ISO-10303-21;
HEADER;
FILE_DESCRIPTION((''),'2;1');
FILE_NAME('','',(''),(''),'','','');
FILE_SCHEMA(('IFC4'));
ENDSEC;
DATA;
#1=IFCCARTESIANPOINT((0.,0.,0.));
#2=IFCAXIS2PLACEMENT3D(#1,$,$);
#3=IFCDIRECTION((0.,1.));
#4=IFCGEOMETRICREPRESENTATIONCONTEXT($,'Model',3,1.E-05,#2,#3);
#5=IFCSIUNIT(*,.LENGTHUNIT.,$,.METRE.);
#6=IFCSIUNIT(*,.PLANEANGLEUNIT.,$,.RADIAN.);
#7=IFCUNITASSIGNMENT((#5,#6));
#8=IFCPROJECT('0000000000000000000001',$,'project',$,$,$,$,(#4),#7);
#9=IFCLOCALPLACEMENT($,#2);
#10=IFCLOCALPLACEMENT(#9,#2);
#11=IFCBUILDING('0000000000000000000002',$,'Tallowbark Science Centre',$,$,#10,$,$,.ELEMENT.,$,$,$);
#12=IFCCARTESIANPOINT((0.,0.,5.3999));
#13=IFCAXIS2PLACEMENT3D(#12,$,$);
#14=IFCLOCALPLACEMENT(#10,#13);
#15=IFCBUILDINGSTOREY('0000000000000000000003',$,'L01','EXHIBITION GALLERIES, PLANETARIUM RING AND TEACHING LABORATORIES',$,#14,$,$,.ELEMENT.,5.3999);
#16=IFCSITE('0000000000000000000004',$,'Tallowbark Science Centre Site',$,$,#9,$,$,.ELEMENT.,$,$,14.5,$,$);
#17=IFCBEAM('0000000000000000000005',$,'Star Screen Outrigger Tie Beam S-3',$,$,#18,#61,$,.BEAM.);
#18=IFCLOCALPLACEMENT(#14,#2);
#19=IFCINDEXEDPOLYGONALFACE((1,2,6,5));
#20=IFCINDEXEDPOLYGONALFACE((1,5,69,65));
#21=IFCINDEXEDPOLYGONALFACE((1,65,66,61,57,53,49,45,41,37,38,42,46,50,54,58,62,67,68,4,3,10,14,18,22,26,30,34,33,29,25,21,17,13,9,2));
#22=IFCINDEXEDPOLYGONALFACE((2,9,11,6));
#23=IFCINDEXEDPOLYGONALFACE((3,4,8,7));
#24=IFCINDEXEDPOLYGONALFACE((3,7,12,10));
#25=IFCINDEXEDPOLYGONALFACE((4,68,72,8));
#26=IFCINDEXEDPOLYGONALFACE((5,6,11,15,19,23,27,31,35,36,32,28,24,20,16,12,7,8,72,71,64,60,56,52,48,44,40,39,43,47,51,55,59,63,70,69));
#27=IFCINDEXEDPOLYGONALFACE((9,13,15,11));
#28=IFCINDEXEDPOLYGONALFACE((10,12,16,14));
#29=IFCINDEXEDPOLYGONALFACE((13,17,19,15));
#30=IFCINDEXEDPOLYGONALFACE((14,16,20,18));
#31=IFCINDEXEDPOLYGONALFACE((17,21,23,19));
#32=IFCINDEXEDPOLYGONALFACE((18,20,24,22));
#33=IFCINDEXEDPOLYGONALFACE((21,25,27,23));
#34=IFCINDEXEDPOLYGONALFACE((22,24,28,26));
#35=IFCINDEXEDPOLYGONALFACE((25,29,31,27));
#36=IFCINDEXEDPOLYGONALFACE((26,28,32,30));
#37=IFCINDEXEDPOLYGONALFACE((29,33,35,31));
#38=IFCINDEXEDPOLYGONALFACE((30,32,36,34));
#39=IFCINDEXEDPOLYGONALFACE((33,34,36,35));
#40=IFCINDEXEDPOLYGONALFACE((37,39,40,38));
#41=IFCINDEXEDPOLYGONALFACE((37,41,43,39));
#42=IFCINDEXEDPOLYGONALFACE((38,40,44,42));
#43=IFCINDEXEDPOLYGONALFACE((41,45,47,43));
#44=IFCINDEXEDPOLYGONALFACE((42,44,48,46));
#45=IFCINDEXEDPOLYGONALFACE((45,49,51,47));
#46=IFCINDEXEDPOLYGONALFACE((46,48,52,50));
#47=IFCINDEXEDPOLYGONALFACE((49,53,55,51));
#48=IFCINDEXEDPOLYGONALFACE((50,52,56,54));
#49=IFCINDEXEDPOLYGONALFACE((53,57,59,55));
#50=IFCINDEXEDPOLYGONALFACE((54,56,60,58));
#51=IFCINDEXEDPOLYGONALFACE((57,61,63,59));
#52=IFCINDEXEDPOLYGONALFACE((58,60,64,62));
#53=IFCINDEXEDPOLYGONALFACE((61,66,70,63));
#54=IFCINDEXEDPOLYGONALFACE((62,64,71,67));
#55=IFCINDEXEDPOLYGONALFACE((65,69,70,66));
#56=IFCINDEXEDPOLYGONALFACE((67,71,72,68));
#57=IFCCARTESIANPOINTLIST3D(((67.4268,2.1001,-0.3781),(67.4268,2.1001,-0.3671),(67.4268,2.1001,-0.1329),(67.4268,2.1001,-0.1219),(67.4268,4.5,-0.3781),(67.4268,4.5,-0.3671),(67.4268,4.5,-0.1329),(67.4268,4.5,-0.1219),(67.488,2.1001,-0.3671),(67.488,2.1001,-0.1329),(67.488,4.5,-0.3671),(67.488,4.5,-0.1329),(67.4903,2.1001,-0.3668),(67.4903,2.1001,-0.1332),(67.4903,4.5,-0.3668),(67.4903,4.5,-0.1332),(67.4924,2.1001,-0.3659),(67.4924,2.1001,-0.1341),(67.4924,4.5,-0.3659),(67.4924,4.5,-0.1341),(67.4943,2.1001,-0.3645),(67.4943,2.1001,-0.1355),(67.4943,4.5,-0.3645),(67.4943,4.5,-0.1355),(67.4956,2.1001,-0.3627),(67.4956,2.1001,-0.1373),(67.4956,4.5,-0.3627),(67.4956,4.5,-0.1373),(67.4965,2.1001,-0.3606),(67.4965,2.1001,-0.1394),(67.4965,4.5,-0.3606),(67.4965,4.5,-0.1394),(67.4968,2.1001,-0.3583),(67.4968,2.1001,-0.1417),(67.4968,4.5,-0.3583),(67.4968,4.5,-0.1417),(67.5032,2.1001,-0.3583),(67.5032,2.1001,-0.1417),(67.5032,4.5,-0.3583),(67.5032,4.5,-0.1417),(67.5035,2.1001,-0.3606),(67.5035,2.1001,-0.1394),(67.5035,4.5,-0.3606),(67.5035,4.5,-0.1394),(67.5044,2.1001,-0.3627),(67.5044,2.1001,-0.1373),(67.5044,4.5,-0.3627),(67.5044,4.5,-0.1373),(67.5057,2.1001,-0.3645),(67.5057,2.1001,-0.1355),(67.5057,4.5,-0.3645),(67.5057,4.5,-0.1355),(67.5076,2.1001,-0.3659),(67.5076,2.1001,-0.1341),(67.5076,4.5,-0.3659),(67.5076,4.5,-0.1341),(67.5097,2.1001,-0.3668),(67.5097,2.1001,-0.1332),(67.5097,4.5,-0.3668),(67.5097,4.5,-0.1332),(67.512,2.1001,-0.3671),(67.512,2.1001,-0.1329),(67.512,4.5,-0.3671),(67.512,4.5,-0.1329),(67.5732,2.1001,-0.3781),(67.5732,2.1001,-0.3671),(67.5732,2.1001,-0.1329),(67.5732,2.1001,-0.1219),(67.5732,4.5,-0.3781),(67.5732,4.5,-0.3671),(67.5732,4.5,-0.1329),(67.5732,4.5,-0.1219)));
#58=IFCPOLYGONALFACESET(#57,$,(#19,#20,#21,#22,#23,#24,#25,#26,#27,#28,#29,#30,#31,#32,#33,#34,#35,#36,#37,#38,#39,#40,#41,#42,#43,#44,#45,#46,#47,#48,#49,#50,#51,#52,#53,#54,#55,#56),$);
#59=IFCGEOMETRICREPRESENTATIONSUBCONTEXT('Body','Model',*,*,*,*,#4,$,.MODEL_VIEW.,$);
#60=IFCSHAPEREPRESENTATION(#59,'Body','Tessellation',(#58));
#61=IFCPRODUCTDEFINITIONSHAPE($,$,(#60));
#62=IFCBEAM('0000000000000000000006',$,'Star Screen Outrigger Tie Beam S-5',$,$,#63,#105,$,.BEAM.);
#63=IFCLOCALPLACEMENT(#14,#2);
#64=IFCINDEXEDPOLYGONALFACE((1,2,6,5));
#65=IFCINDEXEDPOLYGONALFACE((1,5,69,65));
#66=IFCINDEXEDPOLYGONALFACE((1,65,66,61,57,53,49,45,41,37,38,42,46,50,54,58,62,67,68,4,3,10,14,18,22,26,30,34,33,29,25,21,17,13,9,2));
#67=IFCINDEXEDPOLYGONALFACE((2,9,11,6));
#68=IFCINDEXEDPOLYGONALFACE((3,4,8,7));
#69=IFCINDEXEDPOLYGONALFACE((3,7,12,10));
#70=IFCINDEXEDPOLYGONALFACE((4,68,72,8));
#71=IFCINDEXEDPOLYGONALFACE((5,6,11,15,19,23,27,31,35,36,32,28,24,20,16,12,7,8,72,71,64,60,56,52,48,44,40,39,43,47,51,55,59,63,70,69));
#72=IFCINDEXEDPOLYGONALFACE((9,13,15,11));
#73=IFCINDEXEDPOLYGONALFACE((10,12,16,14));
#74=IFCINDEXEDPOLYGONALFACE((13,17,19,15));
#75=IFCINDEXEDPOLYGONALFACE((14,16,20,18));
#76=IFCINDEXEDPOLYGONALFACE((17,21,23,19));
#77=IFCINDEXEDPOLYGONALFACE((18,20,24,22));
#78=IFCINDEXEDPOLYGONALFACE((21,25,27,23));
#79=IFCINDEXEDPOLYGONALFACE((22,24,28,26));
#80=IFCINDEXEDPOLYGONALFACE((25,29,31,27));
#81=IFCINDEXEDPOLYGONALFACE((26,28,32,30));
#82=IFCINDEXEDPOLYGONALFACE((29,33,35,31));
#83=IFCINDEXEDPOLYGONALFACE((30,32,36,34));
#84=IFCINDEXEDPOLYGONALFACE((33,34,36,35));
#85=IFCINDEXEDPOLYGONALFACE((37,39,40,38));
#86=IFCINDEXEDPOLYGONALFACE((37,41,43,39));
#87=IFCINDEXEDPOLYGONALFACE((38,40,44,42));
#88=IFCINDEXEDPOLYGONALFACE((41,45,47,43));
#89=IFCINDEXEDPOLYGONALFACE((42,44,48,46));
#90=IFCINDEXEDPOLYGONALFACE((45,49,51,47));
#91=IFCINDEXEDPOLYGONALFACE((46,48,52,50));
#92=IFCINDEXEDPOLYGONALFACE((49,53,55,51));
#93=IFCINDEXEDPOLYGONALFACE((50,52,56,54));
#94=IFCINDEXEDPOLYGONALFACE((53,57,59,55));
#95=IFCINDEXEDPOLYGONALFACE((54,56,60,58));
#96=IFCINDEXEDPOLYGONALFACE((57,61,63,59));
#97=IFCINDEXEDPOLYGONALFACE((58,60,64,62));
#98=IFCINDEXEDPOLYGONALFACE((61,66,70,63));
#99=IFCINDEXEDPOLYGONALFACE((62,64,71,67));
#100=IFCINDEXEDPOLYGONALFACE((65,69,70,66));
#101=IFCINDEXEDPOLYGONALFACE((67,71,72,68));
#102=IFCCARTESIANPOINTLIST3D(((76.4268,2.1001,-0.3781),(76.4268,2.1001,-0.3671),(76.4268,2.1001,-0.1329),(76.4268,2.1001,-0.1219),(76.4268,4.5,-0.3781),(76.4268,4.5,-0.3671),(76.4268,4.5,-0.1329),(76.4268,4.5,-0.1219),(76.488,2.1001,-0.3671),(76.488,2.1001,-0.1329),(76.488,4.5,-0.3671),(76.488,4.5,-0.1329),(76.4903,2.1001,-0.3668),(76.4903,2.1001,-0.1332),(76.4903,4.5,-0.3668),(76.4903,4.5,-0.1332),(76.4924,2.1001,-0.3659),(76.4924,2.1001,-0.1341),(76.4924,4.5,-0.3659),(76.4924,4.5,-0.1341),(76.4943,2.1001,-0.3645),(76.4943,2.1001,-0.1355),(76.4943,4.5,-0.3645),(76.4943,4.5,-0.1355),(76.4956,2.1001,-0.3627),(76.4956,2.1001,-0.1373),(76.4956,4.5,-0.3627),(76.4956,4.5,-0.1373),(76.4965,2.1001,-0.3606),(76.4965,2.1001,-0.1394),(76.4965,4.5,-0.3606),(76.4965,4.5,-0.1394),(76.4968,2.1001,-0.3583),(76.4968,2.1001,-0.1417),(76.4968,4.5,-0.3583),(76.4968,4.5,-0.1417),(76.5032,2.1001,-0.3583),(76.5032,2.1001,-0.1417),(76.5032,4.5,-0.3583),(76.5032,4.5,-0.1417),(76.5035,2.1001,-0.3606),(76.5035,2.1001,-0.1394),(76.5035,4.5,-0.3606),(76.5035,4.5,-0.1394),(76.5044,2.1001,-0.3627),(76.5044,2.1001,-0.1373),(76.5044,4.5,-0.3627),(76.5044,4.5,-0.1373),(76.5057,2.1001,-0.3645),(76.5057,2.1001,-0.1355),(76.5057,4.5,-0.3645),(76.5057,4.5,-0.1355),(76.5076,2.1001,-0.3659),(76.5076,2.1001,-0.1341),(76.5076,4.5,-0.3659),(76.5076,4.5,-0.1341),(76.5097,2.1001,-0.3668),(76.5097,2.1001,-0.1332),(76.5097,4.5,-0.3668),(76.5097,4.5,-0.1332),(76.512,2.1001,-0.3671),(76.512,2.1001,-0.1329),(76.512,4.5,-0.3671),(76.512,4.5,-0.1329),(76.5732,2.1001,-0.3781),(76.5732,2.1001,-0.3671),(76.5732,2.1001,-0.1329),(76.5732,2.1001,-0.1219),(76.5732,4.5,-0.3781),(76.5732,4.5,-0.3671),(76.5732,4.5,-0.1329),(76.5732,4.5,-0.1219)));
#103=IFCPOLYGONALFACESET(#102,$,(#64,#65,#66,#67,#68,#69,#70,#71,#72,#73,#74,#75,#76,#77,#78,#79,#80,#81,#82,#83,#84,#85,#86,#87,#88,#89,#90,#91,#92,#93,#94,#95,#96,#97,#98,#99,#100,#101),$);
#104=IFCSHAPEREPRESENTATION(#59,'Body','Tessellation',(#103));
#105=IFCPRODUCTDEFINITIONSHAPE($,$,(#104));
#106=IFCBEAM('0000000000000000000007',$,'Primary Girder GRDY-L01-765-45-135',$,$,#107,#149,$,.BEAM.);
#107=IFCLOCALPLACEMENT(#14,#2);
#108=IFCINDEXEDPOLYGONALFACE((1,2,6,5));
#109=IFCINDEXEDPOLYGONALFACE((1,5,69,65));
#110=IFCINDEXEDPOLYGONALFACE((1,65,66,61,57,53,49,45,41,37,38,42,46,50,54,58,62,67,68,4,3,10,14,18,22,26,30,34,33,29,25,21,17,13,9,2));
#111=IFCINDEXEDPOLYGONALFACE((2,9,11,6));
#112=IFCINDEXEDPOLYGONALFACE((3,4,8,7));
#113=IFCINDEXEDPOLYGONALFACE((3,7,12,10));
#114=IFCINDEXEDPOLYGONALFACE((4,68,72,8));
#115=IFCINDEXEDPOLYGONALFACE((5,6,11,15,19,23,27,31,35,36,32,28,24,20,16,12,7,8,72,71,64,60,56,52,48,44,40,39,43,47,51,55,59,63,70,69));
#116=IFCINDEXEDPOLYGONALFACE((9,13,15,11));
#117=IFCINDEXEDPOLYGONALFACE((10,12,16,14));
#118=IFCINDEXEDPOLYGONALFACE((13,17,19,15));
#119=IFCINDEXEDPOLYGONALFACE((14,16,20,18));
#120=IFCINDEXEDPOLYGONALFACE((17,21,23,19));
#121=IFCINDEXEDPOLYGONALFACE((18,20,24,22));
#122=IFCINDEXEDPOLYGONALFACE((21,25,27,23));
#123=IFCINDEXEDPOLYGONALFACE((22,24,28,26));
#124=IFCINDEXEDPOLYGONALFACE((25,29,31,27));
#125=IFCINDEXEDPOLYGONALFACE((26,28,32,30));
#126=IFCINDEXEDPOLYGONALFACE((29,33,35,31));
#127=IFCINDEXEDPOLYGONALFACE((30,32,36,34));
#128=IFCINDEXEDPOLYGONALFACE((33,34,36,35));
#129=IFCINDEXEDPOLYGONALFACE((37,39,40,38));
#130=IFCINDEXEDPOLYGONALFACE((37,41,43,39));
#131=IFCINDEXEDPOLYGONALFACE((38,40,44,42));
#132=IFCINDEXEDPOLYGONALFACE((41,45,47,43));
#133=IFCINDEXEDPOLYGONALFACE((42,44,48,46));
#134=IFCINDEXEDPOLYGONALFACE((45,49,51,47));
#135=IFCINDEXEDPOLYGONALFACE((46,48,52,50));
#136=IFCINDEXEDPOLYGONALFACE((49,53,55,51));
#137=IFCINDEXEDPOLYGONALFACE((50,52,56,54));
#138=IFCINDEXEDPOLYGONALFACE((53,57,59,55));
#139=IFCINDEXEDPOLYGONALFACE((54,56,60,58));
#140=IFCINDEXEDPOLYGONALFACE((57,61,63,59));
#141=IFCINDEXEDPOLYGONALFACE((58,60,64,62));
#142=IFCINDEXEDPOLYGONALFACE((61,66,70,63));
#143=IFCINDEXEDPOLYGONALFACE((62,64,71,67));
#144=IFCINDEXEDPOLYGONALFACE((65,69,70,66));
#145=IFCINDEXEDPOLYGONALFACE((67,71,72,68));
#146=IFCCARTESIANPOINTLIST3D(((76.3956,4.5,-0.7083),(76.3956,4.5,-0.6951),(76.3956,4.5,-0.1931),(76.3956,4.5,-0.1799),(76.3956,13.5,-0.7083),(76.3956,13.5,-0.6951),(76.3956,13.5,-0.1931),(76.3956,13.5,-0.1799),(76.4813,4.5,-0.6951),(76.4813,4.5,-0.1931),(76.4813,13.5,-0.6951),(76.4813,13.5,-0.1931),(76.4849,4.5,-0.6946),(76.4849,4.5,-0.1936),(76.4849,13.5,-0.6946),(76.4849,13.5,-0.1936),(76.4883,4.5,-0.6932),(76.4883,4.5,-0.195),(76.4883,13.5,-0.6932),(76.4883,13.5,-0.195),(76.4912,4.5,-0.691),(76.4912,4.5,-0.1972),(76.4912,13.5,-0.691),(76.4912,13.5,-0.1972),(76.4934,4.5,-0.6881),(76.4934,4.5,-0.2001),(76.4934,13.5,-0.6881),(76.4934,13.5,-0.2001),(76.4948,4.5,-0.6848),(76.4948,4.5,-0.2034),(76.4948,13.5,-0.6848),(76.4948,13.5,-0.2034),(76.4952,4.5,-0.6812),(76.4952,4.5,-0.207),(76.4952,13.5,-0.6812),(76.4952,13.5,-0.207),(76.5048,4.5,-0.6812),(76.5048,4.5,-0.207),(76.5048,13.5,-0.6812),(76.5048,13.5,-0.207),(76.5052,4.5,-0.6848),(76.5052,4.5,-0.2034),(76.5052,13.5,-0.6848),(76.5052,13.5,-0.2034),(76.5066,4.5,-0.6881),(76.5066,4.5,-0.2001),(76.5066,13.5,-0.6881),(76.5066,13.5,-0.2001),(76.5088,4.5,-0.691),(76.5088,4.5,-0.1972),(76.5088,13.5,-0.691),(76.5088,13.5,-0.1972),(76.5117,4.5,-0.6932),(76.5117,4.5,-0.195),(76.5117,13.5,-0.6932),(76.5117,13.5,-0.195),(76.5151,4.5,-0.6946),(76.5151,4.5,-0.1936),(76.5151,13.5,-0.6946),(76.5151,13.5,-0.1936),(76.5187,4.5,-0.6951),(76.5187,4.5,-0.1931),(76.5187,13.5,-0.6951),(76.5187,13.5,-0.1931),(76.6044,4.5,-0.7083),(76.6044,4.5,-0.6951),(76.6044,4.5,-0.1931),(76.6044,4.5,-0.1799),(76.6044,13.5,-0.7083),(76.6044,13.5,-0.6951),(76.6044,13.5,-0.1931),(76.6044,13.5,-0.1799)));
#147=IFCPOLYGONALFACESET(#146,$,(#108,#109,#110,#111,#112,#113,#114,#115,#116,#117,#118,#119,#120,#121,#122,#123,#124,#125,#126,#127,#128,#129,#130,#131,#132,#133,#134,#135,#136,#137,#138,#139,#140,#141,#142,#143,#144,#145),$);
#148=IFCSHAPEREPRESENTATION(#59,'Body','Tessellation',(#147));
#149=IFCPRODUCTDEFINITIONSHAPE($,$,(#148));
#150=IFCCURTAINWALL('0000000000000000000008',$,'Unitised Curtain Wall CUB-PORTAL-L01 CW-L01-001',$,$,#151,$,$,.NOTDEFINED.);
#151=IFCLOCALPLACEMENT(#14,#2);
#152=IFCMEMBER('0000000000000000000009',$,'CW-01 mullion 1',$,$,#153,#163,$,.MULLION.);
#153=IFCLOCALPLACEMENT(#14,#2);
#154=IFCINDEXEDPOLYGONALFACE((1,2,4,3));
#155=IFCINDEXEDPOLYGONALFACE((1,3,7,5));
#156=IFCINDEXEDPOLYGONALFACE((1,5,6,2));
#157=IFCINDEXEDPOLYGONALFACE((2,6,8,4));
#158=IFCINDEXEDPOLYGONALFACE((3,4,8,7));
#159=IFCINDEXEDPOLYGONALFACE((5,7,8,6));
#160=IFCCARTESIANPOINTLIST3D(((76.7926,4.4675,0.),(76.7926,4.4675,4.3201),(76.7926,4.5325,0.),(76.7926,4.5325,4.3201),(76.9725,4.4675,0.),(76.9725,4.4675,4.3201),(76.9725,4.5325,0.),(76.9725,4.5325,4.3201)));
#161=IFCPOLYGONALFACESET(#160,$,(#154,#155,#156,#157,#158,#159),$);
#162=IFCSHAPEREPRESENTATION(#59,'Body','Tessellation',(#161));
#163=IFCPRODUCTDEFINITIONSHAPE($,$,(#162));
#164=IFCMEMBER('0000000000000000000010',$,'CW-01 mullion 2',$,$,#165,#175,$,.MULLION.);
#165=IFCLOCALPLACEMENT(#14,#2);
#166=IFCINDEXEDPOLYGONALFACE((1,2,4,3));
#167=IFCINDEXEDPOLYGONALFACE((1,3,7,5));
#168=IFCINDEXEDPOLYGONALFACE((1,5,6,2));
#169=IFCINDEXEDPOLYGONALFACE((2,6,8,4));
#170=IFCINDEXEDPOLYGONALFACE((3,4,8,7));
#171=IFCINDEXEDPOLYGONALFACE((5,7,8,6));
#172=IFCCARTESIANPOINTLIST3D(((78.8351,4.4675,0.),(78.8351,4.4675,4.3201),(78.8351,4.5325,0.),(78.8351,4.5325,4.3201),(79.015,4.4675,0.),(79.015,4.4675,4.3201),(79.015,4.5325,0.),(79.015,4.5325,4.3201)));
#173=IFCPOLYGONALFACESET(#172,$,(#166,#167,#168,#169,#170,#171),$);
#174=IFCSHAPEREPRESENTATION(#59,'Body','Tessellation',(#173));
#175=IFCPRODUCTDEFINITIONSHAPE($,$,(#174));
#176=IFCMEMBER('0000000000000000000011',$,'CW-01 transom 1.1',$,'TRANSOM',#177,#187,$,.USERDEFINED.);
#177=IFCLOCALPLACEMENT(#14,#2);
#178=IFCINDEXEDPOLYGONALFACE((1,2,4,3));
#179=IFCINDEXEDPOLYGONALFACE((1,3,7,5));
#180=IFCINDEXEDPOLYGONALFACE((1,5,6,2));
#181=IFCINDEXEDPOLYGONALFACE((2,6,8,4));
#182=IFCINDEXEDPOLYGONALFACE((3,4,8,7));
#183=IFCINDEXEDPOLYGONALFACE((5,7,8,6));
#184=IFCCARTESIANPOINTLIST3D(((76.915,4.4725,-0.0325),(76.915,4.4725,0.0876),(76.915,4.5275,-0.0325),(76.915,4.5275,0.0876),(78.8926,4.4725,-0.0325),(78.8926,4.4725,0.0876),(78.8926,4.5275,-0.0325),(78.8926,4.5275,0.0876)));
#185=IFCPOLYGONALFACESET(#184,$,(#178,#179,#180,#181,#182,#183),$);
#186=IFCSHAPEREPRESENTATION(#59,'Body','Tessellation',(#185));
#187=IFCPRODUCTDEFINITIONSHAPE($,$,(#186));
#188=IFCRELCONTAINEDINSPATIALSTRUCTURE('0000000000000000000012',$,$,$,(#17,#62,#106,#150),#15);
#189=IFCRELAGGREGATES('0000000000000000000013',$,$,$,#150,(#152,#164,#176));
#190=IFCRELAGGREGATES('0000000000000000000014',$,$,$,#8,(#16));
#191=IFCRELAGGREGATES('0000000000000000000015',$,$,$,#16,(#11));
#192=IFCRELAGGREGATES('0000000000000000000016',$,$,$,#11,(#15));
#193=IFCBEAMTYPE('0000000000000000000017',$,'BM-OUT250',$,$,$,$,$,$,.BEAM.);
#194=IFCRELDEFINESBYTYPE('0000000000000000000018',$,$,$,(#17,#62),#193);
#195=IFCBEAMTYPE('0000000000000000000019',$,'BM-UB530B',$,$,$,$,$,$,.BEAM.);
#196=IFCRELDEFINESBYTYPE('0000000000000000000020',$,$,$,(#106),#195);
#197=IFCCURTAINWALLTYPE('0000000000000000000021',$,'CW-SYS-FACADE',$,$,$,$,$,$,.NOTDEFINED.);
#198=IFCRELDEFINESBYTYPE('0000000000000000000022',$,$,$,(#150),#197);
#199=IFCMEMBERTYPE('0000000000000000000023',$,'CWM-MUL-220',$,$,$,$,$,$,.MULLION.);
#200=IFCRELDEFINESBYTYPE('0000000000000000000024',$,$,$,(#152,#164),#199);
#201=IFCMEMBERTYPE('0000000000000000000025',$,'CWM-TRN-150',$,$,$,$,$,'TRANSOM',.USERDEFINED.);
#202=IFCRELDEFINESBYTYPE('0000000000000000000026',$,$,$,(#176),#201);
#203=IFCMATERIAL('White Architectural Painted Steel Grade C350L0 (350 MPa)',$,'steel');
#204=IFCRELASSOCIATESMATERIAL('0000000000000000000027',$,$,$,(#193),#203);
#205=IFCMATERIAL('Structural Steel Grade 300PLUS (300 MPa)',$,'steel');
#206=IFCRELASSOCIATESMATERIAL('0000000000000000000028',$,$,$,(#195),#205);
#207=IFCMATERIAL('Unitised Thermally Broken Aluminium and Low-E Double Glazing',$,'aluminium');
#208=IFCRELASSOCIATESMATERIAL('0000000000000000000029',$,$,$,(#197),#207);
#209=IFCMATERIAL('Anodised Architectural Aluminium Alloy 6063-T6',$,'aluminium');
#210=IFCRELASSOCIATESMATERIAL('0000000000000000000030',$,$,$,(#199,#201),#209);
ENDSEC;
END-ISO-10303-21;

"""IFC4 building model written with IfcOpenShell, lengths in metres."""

from ifc_helpers import new_model, si_unit, direction, frame, origin, origin_2d, place, context, subcontext, project, spatial, rectangle, i_section, extrude, material, material_profile, profile_set, type_object, element, aggregate, save


model = new_model("IFC4")

# Units and contexts
model_context = context("Model", 3, precision=1e-05, world=origin(), true_north=direction((0.0, 1.0)))
body_context = subcontext(model_context, "Body", "Model", "MODEL_VIEW")
ifc_project = project(units=[si_unit("LENGTHUNIT", "METRE"), si_unit("PLANEANGLEUNIT", "RADIAN")], contexts=[model_context])

# Site, building, storey
site_placement = place(None, origin())
site = spatial("IfcSite", under=ifc_project, at=site_placement, Name="Tallowbark Science Centre Site", CompositionType="ELEMENT", RefElevation=14.5)
building_placement = place(site_placement, origin())
building = spatial("IfcBuilding", under=site, at=building_placement, Name="Tallowbark Science Centre", CompositionType="ELEMENT")
storey_placement = place(building_placement, frame((0.0, 0.0, 5.3999)))
storey = spatial("IfcBuildingStorey", under=building, at=storey_placement, Name="L01", Description="EXHIBITION GALLERIES, PLANETARIUM RING AND TEACHING LABORATORIES", CompositionType="ELEMENT", Elevation=5.3999)

# Shared definitions
ifc_material_1 = material(Name="White Architectural Painted Steel Grade C350L0 (350 MPa)", Category="steel")
ifc_material_2 = material(Name="Structural Steel Grade 300PLUS (300 MPa)", Category="steel")

# Beams
ifc_material_profile_1 = material_profile(ifc_material_1, i_section(OverallWidth=0.1465, OverallDepth=0.2561, WebThickness=0.0063, FlangeThickness=0.011, FilletRadius=0.0088, at=origin_2d()), Name="250UB37.3")
ifc_profile_set_1 = profile_set([ifc_material_profile_1], Name="White Architectural Painted Steel Grade C350L0 (350 MPa)")
beam_type_1 = type_object("IfcBeamType", Name="BM-OUT250", PredefinedType="BEAM", material=ifc_profile_set_1)
for number, where, z_axis, x_axis, name in (
    (1, (67.5, 4.5, -0.25), (0.0, -1.0, 0.0), (1.0, 0.0, 0.0), "Star Screen Outrigger Tie Beam S-3"),
    (2, (76.5, 4.5, -0.25), (0.0, -1.0, 0.0), (1.0, 0.0, 0.0), "Star Screen Outrigger Tie Beam S-5"),
):
    element("IfcBeam", number, at=place(storey_placement, frame(where, z_axis=z_axis, x_axis=x_axis)), inside=storey, type_object=beam_type_1, Name=name, PredefinedType="BEAM", context=body_context, shape_type="SweptSolid", body=[
        extrude(i_section(OverallWidth=0.1465, OverallDepth=0.2561, WebThickness=0.0063, FlangeThickness=0.011, FilletRadius=0.0088, at=origin_2d()), origin(), (0.0, 0.0, 1.0), 2.3999),
    ])
ifc_material_profile_2 = material_profile(ifc_material_2, i_section(OverallWidth=0.2087, OverallDepth=0.5283, WebThickness=0.0095, FlangeThickness=0.0132, FilletRadius=0.0139, at=origin_2d()), Name="530UB82.0")
ifc_profile_set_2 = profile_set([ifc_material_profile_2], Name="Structural Steel Grade 300PLUS (300 MPa)")
beam_type_2 = type_object("IfcBeamType", Name="BM-UB530B", PredefinedType="BEAM", material=ifc_profile_set_2)
beam_1_placement = place(storey_placement, frame((76.5, 4.5, -0.4441), z_axis=(0.0, 1.0, 0.0), x_axis=(-1.0, 0.0, 0.0)))
element("IfcBeam", 3, at=beam_1_placement, inside=storey, type_object=beam_type_2, Name="Primary Girder GRDY-L01-765-45-135", PredefinedType="BEAM", context=body_context, shape_type="SweptSolid", body=[
    extrude(i_section(OverallWidth=0.2087, OverallDepth=0.5283, WebThickness=0.0095, FlangeThickness=0.0132, FilletRadius=0.0139, at=origin_2d()), origin(), (0.0, 0.0, 1.0), 9.0),
])

# Curtain wall, members
ifc_material_3 = material(Name="Unitised Thermally Broken Aluminium and Low-E Double Glazing", Category="aluminium")
curtain_wall_type = type_object("IfcCurtainWallType", Name="CW-SYS-FACADE", PredefinedType="NOTDEFINED", material=ifc_material_3)
curtain_wall_placement = place(storey_placement, origin())
curtain_wall = element("IfcCurtainWall", 4, at=curtain_wall_placement, inside=storey, type_object=curtain_wall_type, Name="Unitised Curtain Wall CUB-PORTAL-L01 CW-L01-001", PredefinedType="NOTDEFINED")
ifc_material_4 = material(Name="Anodised Architectural Aluminium Alloy 6063-T6", Category="aluminium")
ifc_material_profile_3 = material_profile(ifc_material_4, rectangle(XDim=0.0649, YDim=0.1799, at=origin_2d()), Name="ALU65x180")
ifc_profile_set_3 = profile_set([ifc_material_profile_3], Name="Anodised Architectural Aluminium Alloy 6063-T6")
member_type_1 = type_object("IfcMemberType", Name="CWM-MUL-220", PredefinedType="MULLION", material=ifc_profile_set_3)
member_1_placement = place(storey_placement, frame((76.8826, 4.5, 0.0), z_axis=(0.0, 0.0, 1.0), x_axis=(0.0, 1.0, 0.0)))
member_1 = element("IfcMember", 5, at=member_1_placement, type_object=member_type_1, Name="CW-01 mullion 1", PredefinedType="MULLION", context=body_context, shape_type="SweptSolid", body=[
    extrude(rectangle(XDim=0.0649, YDim=0.1799, at=origin_2d()), origin(), (0.0, 0.0, 1.0), 4.3201),
])
member_2_placement = place(storey_placement, frame((78.925, 4.5, 0.0), z_axis=(0.0, 0.0, 1.0), x_axis=(0.0, 1.0, 0.0)))
member_2 = element("IfcMember", 6, at=member_2_placement, type_object=member_type_1, Name="CW-01 mullion 2", PredefinedType="MULLION", context=body_context, shape_type="SweptSolid", body=[
    extrude(rectangle(XDim=0.0649, YDim=0.1799, at=origin_2d()), origin(), (0.0, 0.0, 1.0), 4.3201),
])
ifc_material_profile_4 = material_profile(ifc_material_4, rectangle(XDim=0.0549, YDim=0.1201, at=origin_2d()), Name="ALU55x120")
ifc_profile_set_4 = profile_set([ifc_material_profile_4], Name="Anodised Architectural Aluminium Alloy 6063-T6")
member_type_2 = type_object("IfcMemberType", Name="CWM-TRN-150", ElementType="TRANSOM", PredefinedType="USERDEFINED", material=ifc_profile_set_4)
member_3_placement = place(storey_placement, frame((76.915, 4.5, 0.0276), z_axis=(1.0, 0.0, 0.0), x_axis=(0.0, 1.0, 0.0)))
member_3 = element("IfcMember", 7, at=member_3_placement, type_object=member_type_2, Name="CW-01 transom 1.1", ObjectType="TRANSOM", PredefinedType="USERDEFINED", context=body_context, shape_type="SweptSolid", body=[
    extrude(rectangle(XDim=0.0549, YDim=0.1201, at=origin_2d()), origin(), (0.0, 0.0, 1.0), 1.9775),
])

aggregate(curtain_wall, [member_1, member_2, member_3])

save(model, "model.ifc")
